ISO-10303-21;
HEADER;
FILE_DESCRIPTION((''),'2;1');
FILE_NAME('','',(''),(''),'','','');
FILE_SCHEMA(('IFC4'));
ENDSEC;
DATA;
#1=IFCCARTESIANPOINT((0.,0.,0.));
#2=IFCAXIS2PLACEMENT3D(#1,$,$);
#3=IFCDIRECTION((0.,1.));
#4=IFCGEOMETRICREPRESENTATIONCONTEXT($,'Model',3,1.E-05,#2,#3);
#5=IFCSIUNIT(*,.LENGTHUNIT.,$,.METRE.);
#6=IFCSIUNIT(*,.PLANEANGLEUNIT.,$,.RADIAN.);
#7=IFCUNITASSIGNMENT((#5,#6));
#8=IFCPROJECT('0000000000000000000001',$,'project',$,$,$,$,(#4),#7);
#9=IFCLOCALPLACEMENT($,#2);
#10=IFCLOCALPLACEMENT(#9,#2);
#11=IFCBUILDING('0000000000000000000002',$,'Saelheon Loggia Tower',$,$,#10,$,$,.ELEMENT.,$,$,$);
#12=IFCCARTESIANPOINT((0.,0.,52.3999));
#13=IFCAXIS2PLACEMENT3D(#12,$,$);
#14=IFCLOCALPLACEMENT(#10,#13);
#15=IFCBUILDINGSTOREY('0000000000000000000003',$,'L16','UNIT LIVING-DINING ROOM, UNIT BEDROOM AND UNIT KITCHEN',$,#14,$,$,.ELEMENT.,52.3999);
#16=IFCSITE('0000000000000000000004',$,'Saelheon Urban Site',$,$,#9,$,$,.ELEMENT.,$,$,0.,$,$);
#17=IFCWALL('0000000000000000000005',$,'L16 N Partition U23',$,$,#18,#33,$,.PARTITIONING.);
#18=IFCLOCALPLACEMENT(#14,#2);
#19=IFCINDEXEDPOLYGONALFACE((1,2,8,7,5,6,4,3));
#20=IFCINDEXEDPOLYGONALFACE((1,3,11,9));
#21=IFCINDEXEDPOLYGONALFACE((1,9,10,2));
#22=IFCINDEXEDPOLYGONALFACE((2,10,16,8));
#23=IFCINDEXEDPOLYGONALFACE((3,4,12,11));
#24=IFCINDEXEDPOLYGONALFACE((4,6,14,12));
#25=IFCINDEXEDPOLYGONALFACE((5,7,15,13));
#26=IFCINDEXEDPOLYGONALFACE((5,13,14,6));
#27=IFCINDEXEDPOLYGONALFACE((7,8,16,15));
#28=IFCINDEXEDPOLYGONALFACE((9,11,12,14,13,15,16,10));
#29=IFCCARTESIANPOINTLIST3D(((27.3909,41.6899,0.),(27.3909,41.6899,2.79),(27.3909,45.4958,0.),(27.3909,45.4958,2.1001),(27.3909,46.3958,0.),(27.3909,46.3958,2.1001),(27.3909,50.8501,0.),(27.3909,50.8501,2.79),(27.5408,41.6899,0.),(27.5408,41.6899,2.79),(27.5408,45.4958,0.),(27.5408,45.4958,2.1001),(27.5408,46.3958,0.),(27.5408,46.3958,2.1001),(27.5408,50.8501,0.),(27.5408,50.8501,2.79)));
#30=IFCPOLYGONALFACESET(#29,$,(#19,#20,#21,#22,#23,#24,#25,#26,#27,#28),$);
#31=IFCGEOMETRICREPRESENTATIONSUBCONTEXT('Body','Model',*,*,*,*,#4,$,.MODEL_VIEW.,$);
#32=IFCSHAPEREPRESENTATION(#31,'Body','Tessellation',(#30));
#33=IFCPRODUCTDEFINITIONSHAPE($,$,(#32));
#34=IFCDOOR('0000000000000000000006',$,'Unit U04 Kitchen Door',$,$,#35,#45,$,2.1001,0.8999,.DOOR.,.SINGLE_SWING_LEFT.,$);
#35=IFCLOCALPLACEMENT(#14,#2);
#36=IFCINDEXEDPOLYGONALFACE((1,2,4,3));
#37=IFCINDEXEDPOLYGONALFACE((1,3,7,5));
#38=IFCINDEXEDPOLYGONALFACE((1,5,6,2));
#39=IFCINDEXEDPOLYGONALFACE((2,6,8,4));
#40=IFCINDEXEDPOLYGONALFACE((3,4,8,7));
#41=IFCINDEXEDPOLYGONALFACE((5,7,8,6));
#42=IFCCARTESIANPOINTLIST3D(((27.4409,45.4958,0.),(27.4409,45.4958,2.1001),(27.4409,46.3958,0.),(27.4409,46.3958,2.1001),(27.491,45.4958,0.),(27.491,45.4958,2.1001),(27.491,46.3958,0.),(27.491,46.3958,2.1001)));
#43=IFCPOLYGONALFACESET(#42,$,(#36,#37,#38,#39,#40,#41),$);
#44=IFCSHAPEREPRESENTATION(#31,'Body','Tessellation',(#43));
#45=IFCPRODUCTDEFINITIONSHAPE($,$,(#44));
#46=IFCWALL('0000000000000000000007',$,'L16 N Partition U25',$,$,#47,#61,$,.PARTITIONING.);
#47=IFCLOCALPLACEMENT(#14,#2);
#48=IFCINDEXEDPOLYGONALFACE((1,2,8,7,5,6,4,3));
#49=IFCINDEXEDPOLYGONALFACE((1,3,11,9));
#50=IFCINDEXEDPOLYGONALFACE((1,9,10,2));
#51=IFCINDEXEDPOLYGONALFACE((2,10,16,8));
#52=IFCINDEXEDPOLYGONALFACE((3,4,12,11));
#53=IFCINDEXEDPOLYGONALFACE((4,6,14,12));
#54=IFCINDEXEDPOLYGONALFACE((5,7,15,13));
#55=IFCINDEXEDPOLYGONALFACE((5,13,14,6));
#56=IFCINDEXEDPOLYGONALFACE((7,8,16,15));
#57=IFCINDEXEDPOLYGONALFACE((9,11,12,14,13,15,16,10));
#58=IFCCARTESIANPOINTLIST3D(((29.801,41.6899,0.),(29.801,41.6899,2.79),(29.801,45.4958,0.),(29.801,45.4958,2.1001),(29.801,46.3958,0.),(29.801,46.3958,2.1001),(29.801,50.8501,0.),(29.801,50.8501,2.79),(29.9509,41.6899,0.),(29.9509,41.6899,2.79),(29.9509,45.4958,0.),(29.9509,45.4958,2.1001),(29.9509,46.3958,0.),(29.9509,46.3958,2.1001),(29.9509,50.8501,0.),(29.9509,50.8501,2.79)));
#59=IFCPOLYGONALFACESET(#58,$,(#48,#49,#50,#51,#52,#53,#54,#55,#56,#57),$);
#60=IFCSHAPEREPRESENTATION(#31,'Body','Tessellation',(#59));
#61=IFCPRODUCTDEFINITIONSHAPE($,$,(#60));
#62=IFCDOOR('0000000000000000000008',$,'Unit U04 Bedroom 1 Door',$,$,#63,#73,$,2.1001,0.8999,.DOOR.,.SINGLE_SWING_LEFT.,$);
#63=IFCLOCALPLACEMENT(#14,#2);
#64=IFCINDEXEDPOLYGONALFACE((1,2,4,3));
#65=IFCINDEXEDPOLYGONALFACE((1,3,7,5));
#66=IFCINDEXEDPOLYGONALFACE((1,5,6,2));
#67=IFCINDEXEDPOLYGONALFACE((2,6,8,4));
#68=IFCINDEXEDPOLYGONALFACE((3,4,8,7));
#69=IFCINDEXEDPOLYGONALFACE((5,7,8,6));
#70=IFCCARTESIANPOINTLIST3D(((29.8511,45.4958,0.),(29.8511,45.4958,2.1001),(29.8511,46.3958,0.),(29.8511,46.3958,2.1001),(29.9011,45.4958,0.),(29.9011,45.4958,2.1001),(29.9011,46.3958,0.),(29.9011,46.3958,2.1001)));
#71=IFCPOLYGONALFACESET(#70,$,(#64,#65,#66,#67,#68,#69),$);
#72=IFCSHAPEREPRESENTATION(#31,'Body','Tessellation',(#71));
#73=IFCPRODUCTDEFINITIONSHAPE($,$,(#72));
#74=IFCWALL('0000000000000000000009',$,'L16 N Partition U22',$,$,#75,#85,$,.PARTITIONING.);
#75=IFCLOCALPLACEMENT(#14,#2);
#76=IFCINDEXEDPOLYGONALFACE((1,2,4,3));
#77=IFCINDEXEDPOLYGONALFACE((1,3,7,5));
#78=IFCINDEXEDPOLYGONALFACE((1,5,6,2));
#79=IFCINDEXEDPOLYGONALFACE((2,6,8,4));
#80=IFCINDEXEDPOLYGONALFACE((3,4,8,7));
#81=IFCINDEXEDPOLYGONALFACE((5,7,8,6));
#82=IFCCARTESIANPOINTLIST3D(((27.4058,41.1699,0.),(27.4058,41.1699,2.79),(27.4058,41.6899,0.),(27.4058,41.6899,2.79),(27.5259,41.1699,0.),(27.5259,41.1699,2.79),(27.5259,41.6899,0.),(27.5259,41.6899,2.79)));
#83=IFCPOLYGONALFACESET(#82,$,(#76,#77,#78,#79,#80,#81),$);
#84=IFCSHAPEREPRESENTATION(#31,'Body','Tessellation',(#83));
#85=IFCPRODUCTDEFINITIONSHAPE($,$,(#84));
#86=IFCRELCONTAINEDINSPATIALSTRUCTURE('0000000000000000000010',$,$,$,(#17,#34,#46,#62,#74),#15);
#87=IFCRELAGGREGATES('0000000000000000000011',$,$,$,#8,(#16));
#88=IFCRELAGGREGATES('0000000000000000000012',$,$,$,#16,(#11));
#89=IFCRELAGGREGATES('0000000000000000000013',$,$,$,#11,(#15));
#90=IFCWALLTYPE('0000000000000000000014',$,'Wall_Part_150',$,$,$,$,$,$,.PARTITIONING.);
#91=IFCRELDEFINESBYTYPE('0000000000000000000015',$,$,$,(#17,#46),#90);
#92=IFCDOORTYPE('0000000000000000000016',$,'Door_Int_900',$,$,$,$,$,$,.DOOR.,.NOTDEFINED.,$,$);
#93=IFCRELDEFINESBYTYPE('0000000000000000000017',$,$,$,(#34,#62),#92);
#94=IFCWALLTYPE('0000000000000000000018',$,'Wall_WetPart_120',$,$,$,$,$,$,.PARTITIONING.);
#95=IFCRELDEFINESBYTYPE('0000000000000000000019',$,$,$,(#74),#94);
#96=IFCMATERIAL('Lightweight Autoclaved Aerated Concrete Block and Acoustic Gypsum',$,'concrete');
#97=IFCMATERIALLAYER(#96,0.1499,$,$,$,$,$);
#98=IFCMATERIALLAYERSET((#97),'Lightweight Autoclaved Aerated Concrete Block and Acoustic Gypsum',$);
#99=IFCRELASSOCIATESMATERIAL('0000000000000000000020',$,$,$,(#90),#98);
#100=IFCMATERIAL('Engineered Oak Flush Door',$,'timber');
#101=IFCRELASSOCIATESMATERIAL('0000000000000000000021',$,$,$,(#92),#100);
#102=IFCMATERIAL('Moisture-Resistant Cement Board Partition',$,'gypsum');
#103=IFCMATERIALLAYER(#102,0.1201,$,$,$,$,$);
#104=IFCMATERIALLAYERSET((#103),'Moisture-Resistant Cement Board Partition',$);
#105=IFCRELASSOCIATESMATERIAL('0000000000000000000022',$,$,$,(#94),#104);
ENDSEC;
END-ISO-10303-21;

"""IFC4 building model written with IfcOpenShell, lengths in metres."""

from ifc_helpers import new_model, si_unit, direction, frame, frame_2d, origin, place, context, subcontext, project, spatial, rectangle, extrude, source, transform, mapped, material, layer, layer_set, type_object, element, fill, save


model = new_model("IFC4")

# Units and contexts
model_context = context("Model", 3, precision=1e-05, world=origin(), true_north=direction((0.0, 1.0)))
body_context = subcontext(model_context, "Body", "Model", "MODEL_VIEW")
ifc_project = project(units=[si_unit("LENGTHUNIT", "METRE"), si_unit("PLANEANGLEUNIT", "RADIAN")], contexts=[model_context])

# Site, building, storey
site_placement = place(None, origin())
site = spatial("IfcSite", under=ifc_project, at=site_placement, Name="Saelheon Urban Site", CompositionType="ELEMENT", RefElevation=0.0)
building_placement = place(site_placement, origin())
building = spatial("IfcBuilding", under=site, at=building_placement, Name="Saelheon Loggia Tower", CompositionType="ELEMENT")
storey_placement = place(building_placement, frame((0.0, 0.0, 52.3999)))
storey = spatial("IfcBuildingStorey", under=building, at=storey_placement, Name="L16", Description="UNIT LIVING-DINING ROOM, UNIT BEDROOM AND UNIT KITCHEN", CompositionType="ELEMENT", Elevation=52.3999)

# Shared definitions
ifc_material_1 = material(Name="Lightweight Autoclaved Aerated Concrete Block and Acoustic Gypsum", Category="concrete")
ifc_layer_1 = layer(ifc_material_1, 0.1499)
ifc_layer_set_1 = layer_set([ifc_layer_1], Name="Lightweight Autoclaved Aerated Concrete Block and Acoustic Gypsum")
wall_type_1 = type_object("IfcWallType", Name="Wall_Part_150", PredefinedType="PARTITIONING", material=ifc_layer_set_1)

# Shared definitions
ifc_material_2 = material(Name="Engineered Oak Flush Door", Category="timber")
door_type = type_object("IfcDoorType", Name="Door_Int_900", OperationType="NOTDEFINED", PredefinedType="DOOR", material=ifc_material_2)
shared_shape_1 = source(origin(), body_context, "Body", "SweptSolid", [
    extrude(rectangle(XDim=0.8999, YDim=2.1001, at=frame_2d((0.45, 1.05))), frame((0.0, 0.0249, 0.0), z_axis=(0.0, -1.0, 0.0), x_axis=(1.0, 0.0, 0.0)), (0.0, 0.0, 1.0), 0.05),
])

# Walls, openings, doors
wall_1_placement = place(storey_placement, frame((27.4658, 41.6899, 0.0), z_axis=(0.0, 0.0, 1.0), x_axis=(0.0, 1.0, 0.0)))
wall_1 = element("IfcWall", 1, at=wall_1_placement, inside=storey, type_object=wall_type_1, Name="L16 N Partition U23", PredefinedType="PARTITIONING", context=body_context, shape_type="SweptSolid", body=[
    extrude(rectangle(XDim=9.1602, YDim=0.1499, at=frame_2d((4.5801, 0.0))), origin(), (0.0, 0.0, 1.0), 2.79),
])
opening_1_placement = place(wall_1_placement, frame((3.8059, 0.0, 0.0)))
opening_1 = element("IfcOpeningElement", 2, at=opening_1_placement, cuts=wall_1, PredefinedType="OPENING", context=body_context, shape_type="SweptSolid", body=[
    extrude(rectangle(XDim=0.8999, YDim=2.1001, at=frame_2d((0.45, 1.05))), frame((0.0, 0.0869, 0.0), z_axis=(0.0, -1.0, 0.0), x_axis=(1.0, 0.0, 0.0)), (0.0, 0.0, 1.0), 0.1738),
])
door_1_placement = place(opening_1_placement, origin())
door_1 = element("IfcDoor", 3, at=door_1_placement, inside=storey, type_object=door_type, Name="Unit U04 Kitchen Door", OperationType="SINGLE_SWING_LEFT", OverallHeight=2.1001, OverallWidth=0.8999, PredefinedType="DOOR", context=body_context, shape_type="MappedRepresentation", body=[
    mapped(shared_shape_1, transform((0.0, 0.0, 0.0), scale=1.0)),
])
fill(opening_1, door_1)
wall_2_placement = place(storey_placement, frame((29.876, 41.6899, 0.0), z_axis=(0.0, 0.0, 1.0), x_axis=(0.0, 1.0, 0.0)))
wall_2 = element("IfcWall", 4, at=wall_2_placement, inside=storey, type_object=wall_type_1, Name="L16 N Partition U25", PredefinedType="PARTITIONING", context=body_context, shape_type="SweptSolid", body=[
    extrude(rectangle(XDim=9.1602, YDim=0.1499, at=frame_2d((4.5801, 0.0))), origin(), (0.0, 0.0, 1.0), 2.79),
])
opening_2_placement = place(wall_2_placement, frame((3.8059, 0.0, 0.0)))
opening_2 = element("IfcOpeningElement", 5, at=opening_2_placement, cuts=wall_2, PredefinedType="OPENING", context=body_context, shape_type="SweptSolid", body=[
    extrude(rectangle(XDim=0.8999, YDim=2.1001, at=frame_2d((0.45, 1.05))), frame((0.0, 0.0869, 0.0), z_axis=(0.0, -1.0, 0.0), x_axis=(1.0, 0.0, 0.0)), (0.0, 0.0, 1.0), 0.1738),
])
door_2_placement = place(opening_2_placement, origin())
door_2 = element("IfcDoor", 6, at=door_2_placement, inside=storey, type_object=door_type, Name="Unit U04 Bedroom 1 Door", OperationType="SINGLE_SWING_LEFT", OverallHeight=2.1001, OverallWidth=0.8999, PredefinedType="DOOR", context=body_context, shape_type="MappedRepresentation", body=[
    mapped(shared_shape_1, transform((0.0, 0.0, 0.0), scale=1.0)),
])
fill(opening_2, door_2)

# Wall
ifc_material_3 = material(Name="Moisture-Resistant Cement Board Partition", Category="gypsum")
ifc_layer_2 = layer(ifc_material_3, 0.1201)
ifc_layer_set_2 = layer_set([ifc_layer_2], Name="Moisture-Resistant Cement Board Partition")
wall_type_2 = type_object("IfcWallType", Name="Wall_WetPart_120", PredefinedType="PARTITIONING", material=ifc_layer_set_2)
wall_3_placement = place(storey_placement, frame((27.4658, 41.1699, 0.0), z_axis=(0.0, 0.0, 1.0), x_axis=(0.0, 1.0, 0.0)))
element("IfcWall", 7, at=wall_3_placement, inside=storey, type_object=wall_type_2, Name="L16 N Partition U22", PredefinedType="PARTITIONING", context=body_context, shape_type="SweptSolid", body=[
    extrude(rectangle(XDim=0.52, YDim=0.1201, at=frame_2d((0.26, 0.0))), origin(), (0.0, 0.0, 1.0), 2.79),
])

save(model, "model.ifc")
